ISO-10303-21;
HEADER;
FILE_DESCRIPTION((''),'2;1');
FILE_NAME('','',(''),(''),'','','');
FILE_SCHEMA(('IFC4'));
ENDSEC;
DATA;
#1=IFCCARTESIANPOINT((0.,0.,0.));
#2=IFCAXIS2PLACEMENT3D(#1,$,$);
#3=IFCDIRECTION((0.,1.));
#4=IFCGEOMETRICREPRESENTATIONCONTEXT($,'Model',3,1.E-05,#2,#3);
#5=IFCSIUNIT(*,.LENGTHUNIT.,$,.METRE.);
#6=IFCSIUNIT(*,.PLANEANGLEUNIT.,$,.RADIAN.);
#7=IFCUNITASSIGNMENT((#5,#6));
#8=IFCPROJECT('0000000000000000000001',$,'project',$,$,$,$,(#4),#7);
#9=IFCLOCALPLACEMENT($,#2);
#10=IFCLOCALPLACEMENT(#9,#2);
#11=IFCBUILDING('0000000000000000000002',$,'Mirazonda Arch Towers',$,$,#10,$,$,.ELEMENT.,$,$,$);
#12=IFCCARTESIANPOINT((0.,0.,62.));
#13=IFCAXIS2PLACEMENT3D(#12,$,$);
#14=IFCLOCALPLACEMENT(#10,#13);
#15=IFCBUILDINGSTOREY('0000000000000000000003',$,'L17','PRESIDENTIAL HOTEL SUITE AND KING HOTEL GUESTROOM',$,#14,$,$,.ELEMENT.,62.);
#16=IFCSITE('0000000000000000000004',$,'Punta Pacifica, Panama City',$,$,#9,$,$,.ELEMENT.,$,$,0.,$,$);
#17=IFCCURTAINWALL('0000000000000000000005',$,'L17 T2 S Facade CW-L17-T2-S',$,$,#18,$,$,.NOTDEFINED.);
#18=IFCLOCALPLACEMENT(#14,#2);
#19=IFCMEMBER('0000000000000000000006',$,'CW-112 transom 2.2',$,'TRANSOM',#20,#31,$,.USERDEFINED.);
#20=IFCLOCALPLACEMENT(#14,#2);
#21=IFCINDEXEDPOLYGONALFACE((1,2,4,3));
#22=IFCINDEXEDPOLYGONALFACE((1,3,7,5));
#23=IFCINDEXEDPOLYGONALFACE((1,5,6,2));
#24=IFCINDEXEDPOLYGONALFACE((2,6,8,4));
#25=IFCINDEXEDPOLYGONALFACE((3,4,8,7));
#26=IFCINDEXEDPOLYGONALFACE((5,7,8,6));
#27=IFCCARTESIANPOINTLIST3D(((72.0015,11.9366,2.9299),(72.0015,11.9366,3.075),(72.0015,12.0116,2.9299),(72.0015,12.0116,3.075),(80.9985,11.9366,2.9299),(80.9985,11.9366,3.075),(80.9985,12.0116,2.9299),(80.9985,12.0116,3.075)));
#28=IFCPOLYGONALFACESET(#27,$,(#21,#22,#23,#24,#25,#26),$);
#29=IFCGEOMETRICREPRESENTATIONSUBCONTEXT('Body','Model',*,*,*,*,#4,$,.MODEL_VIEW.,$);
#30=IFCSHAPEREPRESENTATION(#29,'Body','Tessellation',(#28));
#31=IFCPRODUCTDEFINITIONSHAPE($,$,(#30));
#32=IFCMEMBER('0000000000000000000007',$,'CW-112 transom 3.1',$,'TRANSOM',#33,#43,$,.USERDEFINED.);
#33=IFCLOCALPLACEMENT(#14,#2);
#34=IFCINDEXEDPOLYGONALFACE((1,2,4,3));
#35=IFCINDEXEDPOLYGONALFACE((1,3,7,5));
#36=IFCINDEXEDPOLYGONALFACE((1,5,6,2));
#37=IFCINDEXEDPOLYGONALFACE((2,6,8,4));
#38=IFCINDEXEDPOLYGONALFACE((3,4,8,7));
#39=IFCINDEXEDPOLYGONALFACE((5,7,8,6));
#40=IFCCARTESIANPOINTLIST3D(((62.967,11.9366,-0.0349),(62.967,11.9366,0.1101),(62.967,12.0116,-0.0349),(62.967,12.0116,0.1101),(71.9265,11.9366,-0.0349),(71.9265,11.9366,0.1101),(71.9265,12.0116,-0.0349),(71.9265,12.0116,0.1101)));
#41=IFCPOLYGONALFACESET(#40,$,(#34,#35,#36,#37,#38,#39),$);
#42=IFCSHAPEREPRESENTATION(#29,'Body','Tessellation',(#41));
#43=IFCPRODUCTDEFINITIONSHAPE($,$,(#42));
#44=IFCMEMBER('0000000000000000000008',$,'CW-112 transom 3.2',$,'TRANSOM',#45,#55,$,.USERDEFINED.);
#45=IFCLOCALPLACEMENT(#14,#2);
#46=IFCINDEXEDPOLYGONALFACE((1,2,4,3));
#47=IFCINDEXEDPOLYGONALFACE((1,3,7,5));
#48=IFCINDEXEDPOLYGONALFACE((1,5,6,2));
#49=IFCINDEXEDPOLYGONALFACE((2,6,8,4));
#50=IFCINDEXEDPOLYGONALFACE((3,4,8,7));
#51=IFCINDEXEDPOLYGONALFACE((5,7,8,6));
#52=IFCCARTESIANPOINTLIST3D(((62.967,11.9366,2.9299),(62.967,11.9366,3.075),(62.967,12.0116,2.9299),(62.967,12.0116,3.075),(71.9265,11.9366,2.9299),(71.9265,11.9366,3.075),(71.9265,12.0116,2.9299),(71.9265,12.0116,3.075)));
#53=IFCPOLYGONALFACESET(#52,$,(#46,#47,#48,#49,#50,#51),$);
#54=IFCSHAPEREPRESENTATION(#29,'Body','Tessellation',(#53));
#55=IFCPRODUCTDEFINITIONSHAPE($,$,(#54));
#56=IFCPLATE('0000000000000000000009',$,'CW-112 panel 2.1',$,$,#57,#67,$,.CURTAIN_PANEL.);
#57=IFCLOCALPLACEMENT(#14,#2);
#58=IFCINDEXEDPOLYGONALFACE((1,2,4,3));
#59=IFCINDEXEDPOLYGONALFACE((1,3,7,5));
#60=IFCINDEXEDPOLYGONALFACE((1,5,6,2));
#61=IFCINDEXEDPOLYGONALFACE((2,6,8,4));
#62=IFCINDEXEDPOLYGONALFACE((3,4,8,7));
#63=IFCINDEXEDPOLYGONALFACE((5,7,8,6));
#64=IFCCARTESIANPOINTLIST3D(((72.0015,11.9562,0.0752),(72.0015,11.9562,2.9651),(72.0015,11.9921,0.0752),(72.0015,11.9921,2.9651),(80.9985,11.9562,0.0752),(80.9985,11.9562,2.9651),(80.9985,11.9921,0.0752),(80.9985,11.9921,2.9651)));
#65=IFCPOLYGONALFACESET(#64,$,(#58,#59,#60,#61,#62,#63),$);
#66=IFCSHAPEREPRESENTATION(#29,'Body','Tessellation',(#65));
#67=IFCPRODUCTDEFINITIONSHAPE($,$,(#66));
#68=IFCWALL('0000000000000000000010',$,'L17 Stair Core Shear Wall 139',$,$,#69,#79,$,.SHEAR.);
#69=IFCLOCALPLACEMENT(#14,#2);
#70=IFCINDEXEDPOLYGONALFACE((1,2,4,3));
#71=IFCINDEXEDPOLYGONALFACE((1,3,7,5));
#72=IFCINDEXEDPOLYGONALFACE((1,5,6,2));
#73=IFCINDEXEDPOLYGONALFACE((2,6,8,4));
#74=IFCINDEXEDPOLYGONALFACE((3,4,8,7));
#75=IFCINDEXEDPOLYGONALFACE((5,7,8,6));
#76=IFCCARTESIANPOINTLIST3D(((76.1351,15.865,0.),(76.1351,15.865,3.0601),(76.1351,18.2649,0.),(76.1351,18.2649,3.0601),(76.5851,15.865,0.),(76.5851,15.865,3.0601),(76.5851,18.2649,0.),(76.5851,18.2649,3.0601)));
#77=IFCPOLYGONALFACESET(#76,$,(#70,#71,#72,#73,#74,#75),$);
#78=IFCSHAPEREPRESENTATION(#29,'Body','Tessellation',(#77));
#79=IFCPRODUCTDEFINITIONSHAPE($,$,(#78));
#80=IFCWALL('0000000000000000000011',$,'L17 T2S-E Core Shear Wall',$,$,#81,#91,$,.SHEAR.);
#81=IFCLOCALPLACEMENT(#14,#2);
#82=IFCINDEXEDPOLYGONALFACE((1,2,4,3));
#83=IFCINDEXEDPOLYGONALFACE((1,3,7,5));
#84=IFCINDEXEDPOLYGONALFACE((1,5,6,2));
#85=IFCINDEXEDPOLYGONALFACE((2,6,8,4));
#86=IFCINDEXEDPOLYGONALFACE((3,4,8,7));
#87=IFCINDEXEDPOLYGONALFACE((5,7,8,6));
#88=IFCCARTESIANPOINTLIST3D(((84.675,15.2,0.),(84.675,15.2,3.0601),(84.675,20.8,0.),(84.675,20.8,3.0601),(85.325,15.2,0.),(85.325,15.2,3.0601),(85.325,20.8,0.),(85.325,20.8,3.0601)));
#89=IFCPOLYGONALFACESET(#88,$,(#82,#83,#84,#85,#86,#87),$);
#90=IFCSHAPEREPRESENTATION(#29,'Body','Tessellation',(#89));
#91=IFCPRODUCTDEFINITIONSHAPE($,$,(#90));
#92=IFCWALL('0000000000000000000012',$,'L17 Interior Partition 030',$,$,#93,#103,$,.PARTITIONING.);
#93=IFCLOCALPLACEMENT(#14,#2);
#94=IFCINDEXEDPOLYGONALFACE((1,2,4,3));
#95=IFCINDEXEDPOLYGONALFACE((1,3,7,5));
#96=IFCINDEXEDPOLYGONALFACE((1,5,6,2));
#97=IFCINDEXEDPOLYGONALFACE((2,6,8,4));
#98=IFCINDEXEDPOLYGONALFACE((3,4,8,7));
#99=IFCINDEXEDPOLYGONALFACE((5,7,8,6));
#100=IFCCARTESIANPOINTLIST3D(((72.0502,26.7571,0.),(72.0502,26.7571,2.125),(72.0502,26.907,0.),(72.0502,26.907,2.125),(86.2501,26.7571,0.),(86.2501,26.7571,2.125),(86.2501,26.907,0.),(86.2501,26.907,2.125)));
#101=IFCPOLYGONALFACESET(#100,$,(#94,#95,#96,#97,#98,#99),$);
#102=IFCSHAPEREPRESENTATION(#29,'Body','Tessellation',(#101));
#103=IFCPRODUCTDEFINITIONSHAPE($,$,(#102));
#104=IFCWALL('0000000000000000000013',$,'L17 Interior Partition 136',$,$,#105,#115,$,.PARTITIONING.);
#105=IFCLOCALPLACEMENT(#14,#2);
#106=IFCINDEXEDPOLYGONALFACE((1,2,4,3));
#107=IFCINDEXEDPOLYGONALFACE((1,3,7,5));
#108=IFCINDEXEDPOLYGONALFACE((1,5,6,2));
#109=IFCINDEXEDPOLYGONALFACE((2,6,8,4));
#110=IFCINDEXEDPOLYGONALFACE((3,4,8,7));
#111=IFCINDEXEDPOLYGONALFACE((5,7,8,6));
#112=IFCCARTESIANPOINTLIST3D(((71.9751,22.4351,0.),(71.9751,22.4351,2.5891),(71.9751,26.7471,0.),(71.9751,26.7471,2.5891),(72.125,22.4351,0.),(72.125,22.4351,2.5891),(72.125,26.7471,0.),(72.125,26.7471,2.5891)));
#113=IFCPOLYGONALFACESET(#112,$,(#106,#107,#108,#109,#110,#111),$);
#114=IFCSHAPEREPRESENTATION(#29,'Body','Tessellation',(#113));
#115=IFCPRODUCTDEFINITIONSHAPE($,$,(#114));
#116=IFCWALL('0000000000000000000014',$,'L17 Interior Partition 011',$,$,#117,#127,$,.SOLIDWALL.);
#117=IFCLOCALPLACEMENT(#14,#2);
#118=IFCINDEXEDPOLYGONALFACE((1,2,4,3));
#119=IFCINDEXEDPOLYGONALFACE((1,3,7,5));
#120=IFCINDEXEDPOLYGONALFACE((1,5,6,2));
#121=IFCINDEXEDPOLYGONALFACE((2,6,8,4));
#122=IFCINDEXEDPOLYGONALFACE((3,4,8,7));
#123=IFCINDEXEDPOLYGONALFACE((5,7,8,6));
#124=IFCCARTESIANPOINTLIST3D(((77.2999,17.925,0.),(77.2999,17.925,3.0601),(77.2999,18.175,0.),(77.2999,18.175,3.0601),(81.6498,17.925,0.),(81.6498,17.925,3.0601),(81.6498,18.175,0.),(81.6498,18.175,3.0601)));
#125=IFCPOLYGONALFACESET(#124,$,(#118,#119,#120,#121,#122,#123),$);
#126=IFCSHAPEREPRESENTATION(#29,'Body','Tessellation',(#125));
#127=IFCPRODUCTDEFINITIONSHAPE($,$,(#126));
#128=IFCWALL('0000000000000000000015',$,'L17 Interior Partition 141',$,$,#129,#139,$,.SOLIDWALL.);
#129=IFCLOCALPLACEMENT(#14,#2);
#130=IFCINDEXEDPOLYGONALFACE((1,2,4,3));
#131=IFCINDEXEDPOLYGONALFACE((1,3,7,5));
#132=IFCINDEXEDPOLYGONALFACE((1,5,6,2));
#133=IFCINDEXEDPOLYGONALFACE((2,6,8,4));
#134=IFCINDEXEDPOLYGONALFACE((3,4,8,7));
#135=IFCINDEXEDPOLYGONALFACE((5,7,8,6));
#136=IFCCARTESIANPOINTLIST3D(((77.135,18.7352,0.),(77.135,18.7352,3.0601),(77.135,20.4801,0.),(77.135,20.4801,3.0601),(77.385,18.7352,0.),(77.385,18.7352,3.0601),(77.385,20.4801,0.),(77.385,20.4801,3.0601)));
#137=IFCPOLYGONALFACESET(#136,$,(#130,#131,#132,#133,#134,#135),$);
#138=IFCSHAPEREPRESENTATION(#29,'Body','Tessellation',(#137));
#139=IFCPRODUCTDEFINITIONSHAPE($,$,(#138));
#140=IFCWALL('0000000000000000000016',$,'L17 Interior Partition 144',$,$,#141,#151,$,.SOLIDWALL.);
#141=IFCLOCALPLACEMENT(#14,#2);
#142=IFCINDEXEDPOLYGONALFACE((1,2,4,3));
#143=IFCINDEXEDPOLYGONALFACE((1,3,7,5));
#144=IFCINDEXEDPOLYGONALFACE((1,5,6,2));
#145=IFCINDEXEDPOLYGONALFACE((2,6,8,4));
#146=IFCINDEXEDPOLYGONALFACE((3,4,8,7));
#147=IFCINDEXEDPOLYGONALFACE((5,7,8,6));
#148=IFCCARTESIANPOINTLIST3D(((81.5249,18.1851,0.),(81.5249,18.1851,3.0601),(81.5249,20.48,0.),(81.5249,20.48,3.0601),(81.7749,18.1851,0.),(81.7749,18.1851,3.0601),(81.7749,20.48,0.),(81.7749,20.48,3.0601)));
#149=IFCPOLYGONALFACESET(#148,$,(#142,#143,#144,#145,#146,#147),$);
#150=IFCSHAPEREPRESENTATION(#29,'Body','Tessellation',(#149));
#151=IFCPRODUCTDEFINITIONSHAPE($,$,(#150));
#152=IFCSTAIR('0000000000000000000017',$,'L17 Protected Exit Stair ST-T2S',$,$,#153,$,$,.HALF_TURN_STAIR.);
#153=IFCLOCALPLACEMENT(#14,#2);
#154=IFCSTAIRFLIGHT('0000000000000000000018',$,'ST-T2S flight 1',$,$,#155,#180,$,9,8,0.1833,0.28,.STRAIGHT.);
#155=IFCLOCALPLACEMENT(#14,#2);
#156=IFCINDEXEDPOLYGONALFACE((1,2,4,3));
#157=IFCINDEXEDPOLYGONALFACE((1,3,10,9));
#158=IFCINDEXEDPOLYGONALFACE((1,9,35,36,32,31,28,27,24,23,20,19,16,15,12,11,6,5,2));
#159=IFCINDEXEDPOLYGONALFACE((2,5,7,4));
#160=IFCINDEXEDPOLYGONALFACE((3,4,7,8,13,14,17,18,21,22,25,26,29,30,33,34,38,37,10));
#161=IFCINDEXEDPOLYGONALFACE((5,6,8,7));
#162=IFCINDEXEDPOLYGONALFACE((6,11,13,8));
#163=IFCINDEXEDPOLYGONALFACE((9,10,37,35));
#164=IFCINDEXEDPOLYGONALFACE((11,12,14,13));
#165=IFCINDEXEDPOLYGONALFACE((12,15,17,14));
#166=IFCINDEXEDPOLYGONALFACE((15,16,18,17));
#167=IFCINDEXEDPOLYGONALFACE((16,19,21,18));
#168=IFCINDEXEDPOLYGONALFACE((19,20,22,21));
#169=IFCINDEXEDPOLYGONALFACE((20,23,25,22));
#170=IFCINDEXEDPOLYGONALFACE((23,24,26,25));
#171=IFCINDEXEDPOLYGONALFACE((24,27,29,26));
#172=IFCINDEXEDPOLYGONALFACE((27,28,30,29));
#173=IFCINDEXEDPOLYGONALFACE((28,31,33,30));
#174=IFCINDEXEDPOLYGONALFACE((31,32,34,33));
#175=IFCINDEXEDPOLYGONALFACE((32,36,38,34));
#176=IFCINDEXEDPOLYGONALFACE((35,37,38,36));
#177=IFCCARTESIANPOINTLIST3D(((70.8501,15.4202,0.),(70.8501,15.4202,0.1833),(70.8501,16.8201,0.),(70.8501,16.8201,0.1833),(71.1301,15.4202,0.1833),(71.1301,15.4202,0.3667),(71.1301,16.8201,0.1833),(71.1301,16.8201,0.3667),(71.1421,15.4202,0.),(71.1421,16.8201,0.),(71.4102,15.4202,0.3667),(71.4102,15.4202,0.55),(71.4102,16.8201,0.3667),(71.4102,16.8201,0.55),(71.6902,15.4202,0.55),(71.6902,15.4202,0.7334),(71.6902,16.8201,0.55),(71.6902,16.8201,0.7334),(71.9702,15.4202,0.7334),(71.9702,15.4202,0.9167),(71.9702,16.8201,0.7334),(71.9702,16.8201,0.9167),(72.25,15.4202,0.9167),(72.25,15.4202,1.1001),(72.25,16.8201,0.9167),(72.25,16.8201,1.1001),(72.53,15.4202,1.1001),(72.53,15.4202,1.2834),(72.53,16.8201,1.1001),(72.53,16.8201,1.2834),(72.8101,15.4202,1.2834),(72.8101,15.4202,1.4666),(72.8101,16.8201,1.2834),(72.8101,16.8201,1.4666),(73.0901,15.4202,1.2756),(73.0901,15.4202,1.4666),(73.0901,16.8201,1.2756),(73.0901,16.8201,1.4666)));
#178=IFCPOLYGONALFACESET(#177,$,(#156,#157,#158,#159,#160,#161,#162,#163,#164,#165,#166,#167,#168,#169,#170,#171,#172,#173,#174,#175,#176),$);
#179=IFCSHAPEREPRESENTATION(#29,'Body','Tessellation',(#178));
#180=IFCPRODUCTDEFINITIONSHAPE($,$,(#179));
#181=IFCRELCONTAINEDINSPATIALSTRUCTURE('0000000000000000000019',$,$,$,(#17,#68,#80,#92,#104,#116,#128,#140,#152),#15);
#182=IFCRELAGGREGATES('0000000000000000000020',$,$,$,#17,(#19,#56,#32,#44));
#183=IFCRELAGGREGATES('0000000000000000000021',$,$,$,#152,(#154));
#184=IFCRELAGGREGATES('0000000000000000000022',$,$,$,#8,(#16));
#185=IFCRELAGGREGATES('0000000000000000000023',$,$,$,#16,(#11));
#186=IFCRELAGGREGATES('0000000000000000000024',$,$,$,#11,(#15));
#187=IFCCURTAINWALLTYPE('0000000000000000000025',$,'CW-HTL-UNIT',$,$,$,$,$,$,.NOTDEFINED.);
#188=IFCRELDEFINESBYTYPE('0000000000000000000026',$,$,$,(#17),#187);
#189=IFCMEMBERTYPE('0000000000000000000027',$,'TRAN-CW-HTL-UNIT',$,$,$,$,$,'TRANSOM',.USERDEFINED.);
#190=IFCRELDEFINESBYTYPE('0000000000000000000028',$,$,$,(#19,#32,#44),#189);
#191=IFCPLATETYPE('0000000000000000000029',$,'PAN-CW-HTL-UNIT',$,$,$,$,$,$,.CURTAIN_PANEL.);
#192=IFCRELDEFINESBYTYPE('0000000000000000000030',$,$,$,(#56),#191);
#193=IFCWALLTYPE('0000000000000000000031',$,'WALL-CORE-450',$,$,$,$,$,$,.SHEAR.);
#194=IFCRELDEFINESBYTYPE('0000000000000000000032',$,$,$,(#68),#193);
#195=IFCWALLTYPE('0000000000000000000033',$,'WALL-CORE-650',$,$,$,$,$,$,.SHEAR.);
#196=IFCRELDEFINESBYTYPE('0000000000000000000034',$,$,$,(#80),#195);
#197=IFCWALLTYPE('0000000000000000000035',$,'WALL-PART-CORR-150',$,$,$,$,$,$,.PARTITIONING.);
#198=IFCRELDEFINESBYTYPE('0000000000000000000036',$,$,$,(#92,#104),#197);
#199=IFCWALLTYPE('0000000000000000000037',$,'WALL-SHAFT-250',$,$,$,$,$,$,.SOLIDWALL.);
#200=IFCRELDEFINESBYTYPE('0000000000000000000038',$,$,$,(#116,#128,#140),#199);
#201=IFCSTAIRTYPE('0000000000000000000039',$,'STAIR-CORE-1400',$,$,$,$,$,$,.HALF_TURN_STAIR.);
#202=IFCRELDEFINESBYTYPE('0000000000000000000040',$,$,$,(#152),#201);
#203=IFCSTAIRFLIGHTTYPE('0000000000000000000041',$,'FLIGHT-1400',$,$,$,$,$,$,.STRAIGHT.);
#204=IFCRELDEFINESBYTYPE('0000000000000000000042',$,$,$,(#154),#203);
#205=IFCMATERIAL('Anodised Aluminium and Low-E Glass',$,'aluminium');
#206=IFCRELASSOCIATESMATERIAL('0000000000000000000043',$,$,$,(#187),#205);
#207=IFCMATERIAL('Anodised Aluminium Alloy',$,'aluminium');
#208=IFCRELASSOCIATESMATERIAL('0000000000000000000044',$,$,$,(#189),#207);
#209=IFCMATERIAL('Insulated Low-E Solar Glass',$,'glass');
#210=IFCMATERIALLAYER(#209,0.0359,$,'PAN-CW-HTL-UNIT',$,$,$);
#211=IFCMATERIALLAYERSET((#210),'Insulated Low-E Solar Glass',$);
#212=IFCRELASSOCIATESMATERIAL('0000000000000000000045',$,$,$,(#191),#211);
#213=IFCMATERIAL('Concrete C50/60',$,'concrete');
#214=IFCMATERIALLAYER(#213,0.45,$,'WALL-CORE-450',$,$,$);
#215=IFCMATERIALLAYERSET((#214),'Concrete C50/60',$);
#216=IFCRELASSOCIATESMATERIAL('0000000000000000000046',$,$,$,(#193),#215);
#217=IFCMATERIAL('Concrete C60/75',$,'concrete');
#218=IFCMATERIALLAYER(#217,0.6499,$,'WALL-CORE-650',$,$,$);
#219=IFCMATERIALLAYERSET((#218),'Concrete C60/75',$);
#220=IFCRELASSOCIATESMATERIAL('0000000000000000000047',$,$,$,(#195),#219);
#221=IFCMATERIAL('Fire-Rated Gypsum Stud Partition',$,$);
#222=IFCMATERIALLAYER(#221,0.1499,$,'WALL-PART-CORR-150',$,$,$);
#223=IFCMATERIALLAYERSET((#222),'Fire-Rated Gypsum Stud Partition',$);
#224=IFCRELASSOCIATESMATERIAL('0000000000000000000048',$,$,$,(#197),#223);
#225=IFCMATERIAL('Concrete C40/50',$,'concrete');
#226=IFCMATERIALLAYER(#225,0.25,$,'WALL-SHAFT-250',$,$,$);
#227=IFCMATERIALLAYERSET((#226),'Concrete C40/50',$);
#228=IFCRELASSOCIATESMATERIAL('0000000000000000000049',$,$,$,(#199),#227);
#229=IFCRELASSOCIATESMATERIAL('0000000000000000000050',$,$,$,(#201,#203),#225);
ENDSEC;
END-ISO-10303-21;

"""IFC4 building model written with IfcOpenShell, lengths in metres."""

from ifc_helpers import new_model, si_unit, direction, frame, frame_2d, origin, origin_2d, place, context, subcontext, project, spatial, polyline, rectangle, outline, extrude, material, layer, layer_set, material_profile, profile_set, type_object, element, aggregate, save


model = new_model("IFC4")

# Units and contexts
model_context = context("Model", 3, precision=1e-05, world=origin(), true_north=direction((0.0, 1.0)))
body_context = subcontext(model_context, "Body", "Model", "MODEL_VIEW")
ifc_project = project(units=[si_unit("LENGTHUNIT", "METRE"), si_unit("PLANEANGLEUNIT", "RADIAN")], contexts=[model_context])

# Site, building, storey
site_placement = place(None, origin())
site = spatial("IfcSite", under=ifc_project, at=site_placement, Name="Punta Pacifica, Panama City", CompositionType="ELEMENT", RefElevation=0.0)
building_placement = place(site_placement, origin())
building = spatial("IfcBuilding", under=site, at=building_placement, Name="Mirazonda Arch Towers", CompositionType="ELEMENT")
storey_placement = place(building_placement, frame((0.0, 0.0, 62.0)))
storey = spatial("IfcBuildingStorey", under=building, at=storey_placement, Name="L17", Description="PRESIDENTIAL HOTEL SUITE AND KING HOTEL GUESTROOM", CompositionType="ELEMENT", Elevation=62.0)

# Shared definitions
ifc_material_1 = material(Name="Concrete C60/75", Category="concrete")

# Curtain wall, members, plate
ifc_material_2 = material(Name="Anodised Aluminium and Low-E Glass", Category="aluminium")
curtain_wall_type = type_object("IfcCurtainWallType", Name="CW-HTL-UNIT", PredefinedType="NOTDEFINED", material=ifc_material_2)
curtain_wall_placement = place(storey_placement, origin())
curtain_wall = element("IfcCurtainWall", 1, at=curtain_wall_placement, inside=storey, type_object=curtain_wall_type, Name="L17 T2 S Facade CW-L17-T2-S", PredefinedType="NOTDEFINED")
ifc_material_3 = material(Name="Anodised Aluminium Alloy", Category="aluminium")
ifc_material_profile_1 = material_profile(ifc_material_3, rectangle(XDim=0.075, YDim=0.145, at=origin_2d()), Name="ALU-TRAN-75x145")
ifc_profile_set_1 = profile_set([ifc_material_profile_1], Name="Anodised Aluminium Alloy")
member_type_1 = type_object("IfcMemberType", Name="TRAN-CW-HTL-UNIT", ElementType="TRANSOM", PredefinedType="USERDEFINED", material=ifc_profile_set_1)
member_1_placement = place(storey_placement, frame((80.9985, 11.9741, 3.0024), z_axis=(-1.0, 0.0, 0.0), x_axis=(0.0, -1.0, 0.0)))
member_1 = element("IfcMember", 2, at=member_1_placement, type_object=member_type_1, Name="CW-112 transom 2.2", ObjectType="TRANSOM", PredefinedType="USERDEFINED", context=body_context, shape_type="SweptSolid", body=[
    extrude(rectangle(XDim=0.075, YDim=0.145, at=origin_2d()), origin(), (0.0, 0.0, 1.0), 8.9971),
])
member_2_placement = place(storey_placement, frame((71.9265, 11.9741, 0.0376), z_axis=(-1.0, 0.0, 0.0), x_axis=(0.0, -1.0, 0.0)))
member_2 = element("IfcMember", 3, at=member_2_placement, type_object=member_type_1, Name="CW-112 transom 3.1", ObjectType="TRANSOM", PredefinedType="USERDEFINED", context=body_context, shape_type="SweptSolid", body=[
    extrude(rectangle(XDim=0.075, YDim=0.145, at=origin_2d()), origin(), (0.0, 0.0, 1.0), 8.9595),
])
member_3_placement = place(storey_placement, frame((71.9265, 11.9741, 3.0024), z_axis=(-1.0, 0.0, 0.0), x_axis=(0.0, -1.0, 0.0)))
member_3 = element("IfcMember", 4, at=member_3_placement, type_object=member_type_1, Name="CW-112 transom 3.2", ObjectType="TRANSOM", PredefinedType="USERDEFINED", context=body_context, shape_type="SweptSolid", body=[
    extrude(rectangle(XDim=0.075, YDim=0.145, at=origin_2d()), origin(), (0.0, 0.0, 1.0), 8.9595),
])
ifc_material_4 = material(Name="Insulated Low-E Solar Glass", Category="glass")
ifc_layer_1 = layer(ifc_material_4, 0.0359, Name="PAN-CW-HTL-UNIT")
ifc_layer_set_1 = layer_set([ifc_layer_1], Name="Insulated Low-E Solar Glass")
plate_type = type_object("IfcPlateType", Name="PAN-CW-HTL-UNIT", PredefinedType="CURTAIN_PANEL", material=ifc_layer_set_1)
plate_placement = place(storey_placement, frame((76.5, 11.9741, 0.0752), z_axis=(0.0, 0.0, 1.0), x_axis=(-1.0, 0.0, 0.0)))
plate = element("IfcPlate", 5, at=plate_placement, type_object=plate_type, Name="CW-112 panel 2.1", PredefinedType="CURTAIN_PANEL", context=body_context, shape_type="SweptSolid", body=[
    extrude(rectangle(XDim=8.9971, YDim=0.0359, at=origin_2d()), origin(), (0.0, 0.0, 1.0), 2.8899),
])
aggregate(curtain_wall, [member_1, plate, member_2, member_3])

# Walls
ifc_material_5 = material(Name="Concrete C50/60", Category="concrete")
ifc_layer_2 = layer(ifc_material_5, 0.45, Name="WALL-CORE-450")
ifc_layer_set_2 = layer_set([ifc_layer_2], Name="Concrete C50/60")
wall_type_1 = type_object("IfcWallType", Name="WALL-CORE-450", PredefinedType="SHEAR", material=ifc_layer_set_2)
wall_1_placement = place(storey_placement, frame((76.3601, 15.865, 0.0), z_axis=(0.0, 0.0, 1.0), x_axis=(0.0, 1.0, 0.0)))
element("IfcWall", 6, at=wall_1_placement, inside=storey, type_object=wall_type_1, Name="L17 Stair Core Shear Wall 139", PredefinedType="SHEAR", context=body_context, shape_type="SweptSolid", body=[
    extrude(rectangle(XDim=2.3999, YDim=0.45, at=frame_2d((1.2, 0.0))), origin(), (0.0, 0.0, 1.0), 3.0601),
])
ifc_layer_3 = layer(ifc_material_1, 0.6499, Name="WALL-CORE-650")
ifc_layer_set_3 = layer_set([ifc_layer_3], Name="Concrete C60/75")
wall_type_2 = type_object("IfcWallType", Name="WALL-CORE-650", PredefinedType="SHEAR", material=ifc_layer_set_3)
wall_2_placement = place(storey_placement, frame((85.0, 15.2, 0.0), z_axis=(0.0, 0.0, 1.0), x_axis=(0.0, 1.0, 0.0)))
element("IfcWall", 7, at=wall_2_placement, inside=storey, type_object=wall_type_2, Name="L17 T2S-E Core Shear Wall", PredefinedType="SHEAR", context=body_context, shape_type="SweptSolid", body=[
    extrude(rectangle(XDim=5.6001, YDim=0.6499, at=frame_2d((2.8, 0.0))), origin(), (0.0, 0.0, 1.0), 3.0601),
])
ifc_material_6 = material(Name="Fire-Rated Gypsum Stud Partition")
ifc_layer_4 = layer(ifc_material_6, 0.1499, Name="WALL-PART-CORR-150")
ifc_layer_set_4 = layer_set([ifc_layer_4], Name="Fire-Rated Gypsum Stud Partition")
wall_type_3 = type_object("IfcWallType", Name="WALL-PART-CORR-150", PredefinedType="PARTITIONING", material=ifc_layer_set_4)
wall_3_placement = place(storey_placement, frame((72.05, 26.832, 0.0), z_axis=(0.0, 0.0, 1.0), x_axis=(1.0, 0.0, 0.0)))
element("IfcWall", 8, at=wall_3_placement, inside=storey, type_object=wall_type_3, Name="L17 Interior Partition 030", PredefinedType="PARTITIONING", context=body_context, shape_type="SweptSolid", body=[
    extrude(rectangle(XDim=14.2, YDim=0.1499, at=frame_2d((7.1001, 0.0))), origin(), (0.0, 0.0, 1.0), 2.125),
])
wall_4_placement = place(storey_placement, frame((72.05, 22.4351, 0.0), z_axis=(0.0, 0.0, 1.0), x_axis=(0.0, 1.0, 0.0)))
element("IfcWall", 9, at=wall_4_placement, inside=storey, type_object=wall_type_3, Name="L17 Interior Partition 136", PredefinedType="PARTITIONING", context=body_context, shape_type="SweptSolid", body=[
    extrude(rectangle(XDim=4.312, YDim=0.1499, at=frame_2d((2.156, 0.0))), origin(), (0.0, 0.0, 1.0), 2.5891),
])
ifc_material_7 = material(Name="Concrete C40/50", Category="concrete")
ifc_layer_5 = layer(ifc_material_7, 0.25, Name="WALL-SHAFT-250")
ifc_layer_set_5 = layer_set([ifc_layer_5], Name="Concrete C40/50")
wall_type_4 = type_object("IfcWallType", Name="WALL-SHAFT-250", PredefinedType="SOLIDWALL", material=ifc_layer_set_5)
wall_5_placement = place(storey_placement, frame((77.3, 18.05, 0.0), z_axis=(0.0, 0.0, 1.0), x_axis=(1.0, 0.0, 0.0)))
element("IfcWall", 10, at=wall_5_placement, inside=storey, type_object=wall_type_4, Name="L17 Interior Partition 011", PredefinedType="SOLIDWALL", context=body_context, shape_type="SweptSolid", body=[
    extrude(rectangle(XDim=4.3499, YDim=0.25, at=frame_2d((2.1748, 0.0))), origin(), (0.0, 0.0, 1.0), 3.0601),
])
wall_6_placement = place(storey_placement, frame((77.26, 18.7351, 0.0), z_axis=(0.0, 0.0, 1.0), x_axis=(0.0, 1.0, 0.0)))
element("IfcWall", 11, at=wall_6_placement, inside=storey, type_object=wall_type_4, Name="L17 Interior Partition 141", PredefinedType="SOLIDWALL", context=body_context, shape_type="SweptSolid", body=[
    extrude(rectangle(XDim=1.7449, YDim=0.25, at=frame_2d((0.8726, 0.0))), origin(), (0.0, 0.0, 1.0), 3.0601),
])
wall_7_placement = place(storey_placement, frame((81.6499, 18.1851, 0.0), z_axis=(0.0, 0.0, 1.0), x_axis=(0.0, 1.0, 0.0)))
element("IfcWall", 12, at=wall_7_placement, inside=storey, type_object=wall_type_4, Name="L17 Interior Partition 144", PredefinedType="SOLIDWALL", context=body_context, shape_type="SweptSolid", body=[
    extrude(rectangle(XDim=2.2949, YDim=0.25, at=frame_2d((1.1475, 0.0))), origin(), (0.0, 0.0, 1.0), 3.0601),
])

# Stair, stair flight
stair_type = type_object("IfcStairType", Name="STAIR-CORE-1400", PredefinedType="HALF_TURN_STAIR", material=ifc_material_7)
stair_placement = place(storey_placement, origin())
stair = element("IfcStair", 13, at=stair_placement, inside=storey, type_object=stair_type, Name="L17 Protected Exit Stair ST-T2S", PredefinedType="HALF_TURN_STAIR")
stair_flight_type = type_object("IfcStairFlightType", Name="FLIGHT-1400", PredefinedType="STRAIGHT", material=ifc_material_7)
stair_flight_1_placement = place(storey_placement, frame((70.8501, 16.1201, 0.0), z_axis=(0.0, 0.0, 1.0), x_axis=(1.0, 0.0, 0.0)))
stair_flight_1 = element("IfcStairFlight", 14, at=stair_flight_1_placement, type_object=stair_flight_type, Name="ST-T2S flight 1", NumberOfRisers=9, NumberOfTreads=8, PredefinedType="STRAIGHT", RiserHeight=0.1833, TreadLength=0.28, context=body_context, shape_type="SweptSolid", body=[
    extrude(outline(polyline([(0.0, 0.0), (0.0, 0.1833), (0.28, 0.1833), (0.28, 0.3667), (0.5601, 0.3667), (0.5601, 0.55), (0.8401, 0.55), (0.8401, 0.7334), (1.1201, 0.7334), (1.1201, 0.9167), (1.3999, 0.9167), (1.3999, 1.1001), (1.6799, 1.1001), (1.6799, 1.2834), (1.96, 1.2834), (1.96, 1.4666), (2.24, 1.4666), (2.24, 1.6499), (2.24, 1.2756), (0.292, 0.0), (0.0, 0.0)])), frame((0.0, 0.7, 0.0), z_axis=(0.0, -1.0, 0.0), x_axis=(1.0, 0.0, 0.0)), (0.0, 0.0, 1.0), 1.3999),
])
aggregate(stair, [stair_flight_1])

save(model, "model.ifc")
